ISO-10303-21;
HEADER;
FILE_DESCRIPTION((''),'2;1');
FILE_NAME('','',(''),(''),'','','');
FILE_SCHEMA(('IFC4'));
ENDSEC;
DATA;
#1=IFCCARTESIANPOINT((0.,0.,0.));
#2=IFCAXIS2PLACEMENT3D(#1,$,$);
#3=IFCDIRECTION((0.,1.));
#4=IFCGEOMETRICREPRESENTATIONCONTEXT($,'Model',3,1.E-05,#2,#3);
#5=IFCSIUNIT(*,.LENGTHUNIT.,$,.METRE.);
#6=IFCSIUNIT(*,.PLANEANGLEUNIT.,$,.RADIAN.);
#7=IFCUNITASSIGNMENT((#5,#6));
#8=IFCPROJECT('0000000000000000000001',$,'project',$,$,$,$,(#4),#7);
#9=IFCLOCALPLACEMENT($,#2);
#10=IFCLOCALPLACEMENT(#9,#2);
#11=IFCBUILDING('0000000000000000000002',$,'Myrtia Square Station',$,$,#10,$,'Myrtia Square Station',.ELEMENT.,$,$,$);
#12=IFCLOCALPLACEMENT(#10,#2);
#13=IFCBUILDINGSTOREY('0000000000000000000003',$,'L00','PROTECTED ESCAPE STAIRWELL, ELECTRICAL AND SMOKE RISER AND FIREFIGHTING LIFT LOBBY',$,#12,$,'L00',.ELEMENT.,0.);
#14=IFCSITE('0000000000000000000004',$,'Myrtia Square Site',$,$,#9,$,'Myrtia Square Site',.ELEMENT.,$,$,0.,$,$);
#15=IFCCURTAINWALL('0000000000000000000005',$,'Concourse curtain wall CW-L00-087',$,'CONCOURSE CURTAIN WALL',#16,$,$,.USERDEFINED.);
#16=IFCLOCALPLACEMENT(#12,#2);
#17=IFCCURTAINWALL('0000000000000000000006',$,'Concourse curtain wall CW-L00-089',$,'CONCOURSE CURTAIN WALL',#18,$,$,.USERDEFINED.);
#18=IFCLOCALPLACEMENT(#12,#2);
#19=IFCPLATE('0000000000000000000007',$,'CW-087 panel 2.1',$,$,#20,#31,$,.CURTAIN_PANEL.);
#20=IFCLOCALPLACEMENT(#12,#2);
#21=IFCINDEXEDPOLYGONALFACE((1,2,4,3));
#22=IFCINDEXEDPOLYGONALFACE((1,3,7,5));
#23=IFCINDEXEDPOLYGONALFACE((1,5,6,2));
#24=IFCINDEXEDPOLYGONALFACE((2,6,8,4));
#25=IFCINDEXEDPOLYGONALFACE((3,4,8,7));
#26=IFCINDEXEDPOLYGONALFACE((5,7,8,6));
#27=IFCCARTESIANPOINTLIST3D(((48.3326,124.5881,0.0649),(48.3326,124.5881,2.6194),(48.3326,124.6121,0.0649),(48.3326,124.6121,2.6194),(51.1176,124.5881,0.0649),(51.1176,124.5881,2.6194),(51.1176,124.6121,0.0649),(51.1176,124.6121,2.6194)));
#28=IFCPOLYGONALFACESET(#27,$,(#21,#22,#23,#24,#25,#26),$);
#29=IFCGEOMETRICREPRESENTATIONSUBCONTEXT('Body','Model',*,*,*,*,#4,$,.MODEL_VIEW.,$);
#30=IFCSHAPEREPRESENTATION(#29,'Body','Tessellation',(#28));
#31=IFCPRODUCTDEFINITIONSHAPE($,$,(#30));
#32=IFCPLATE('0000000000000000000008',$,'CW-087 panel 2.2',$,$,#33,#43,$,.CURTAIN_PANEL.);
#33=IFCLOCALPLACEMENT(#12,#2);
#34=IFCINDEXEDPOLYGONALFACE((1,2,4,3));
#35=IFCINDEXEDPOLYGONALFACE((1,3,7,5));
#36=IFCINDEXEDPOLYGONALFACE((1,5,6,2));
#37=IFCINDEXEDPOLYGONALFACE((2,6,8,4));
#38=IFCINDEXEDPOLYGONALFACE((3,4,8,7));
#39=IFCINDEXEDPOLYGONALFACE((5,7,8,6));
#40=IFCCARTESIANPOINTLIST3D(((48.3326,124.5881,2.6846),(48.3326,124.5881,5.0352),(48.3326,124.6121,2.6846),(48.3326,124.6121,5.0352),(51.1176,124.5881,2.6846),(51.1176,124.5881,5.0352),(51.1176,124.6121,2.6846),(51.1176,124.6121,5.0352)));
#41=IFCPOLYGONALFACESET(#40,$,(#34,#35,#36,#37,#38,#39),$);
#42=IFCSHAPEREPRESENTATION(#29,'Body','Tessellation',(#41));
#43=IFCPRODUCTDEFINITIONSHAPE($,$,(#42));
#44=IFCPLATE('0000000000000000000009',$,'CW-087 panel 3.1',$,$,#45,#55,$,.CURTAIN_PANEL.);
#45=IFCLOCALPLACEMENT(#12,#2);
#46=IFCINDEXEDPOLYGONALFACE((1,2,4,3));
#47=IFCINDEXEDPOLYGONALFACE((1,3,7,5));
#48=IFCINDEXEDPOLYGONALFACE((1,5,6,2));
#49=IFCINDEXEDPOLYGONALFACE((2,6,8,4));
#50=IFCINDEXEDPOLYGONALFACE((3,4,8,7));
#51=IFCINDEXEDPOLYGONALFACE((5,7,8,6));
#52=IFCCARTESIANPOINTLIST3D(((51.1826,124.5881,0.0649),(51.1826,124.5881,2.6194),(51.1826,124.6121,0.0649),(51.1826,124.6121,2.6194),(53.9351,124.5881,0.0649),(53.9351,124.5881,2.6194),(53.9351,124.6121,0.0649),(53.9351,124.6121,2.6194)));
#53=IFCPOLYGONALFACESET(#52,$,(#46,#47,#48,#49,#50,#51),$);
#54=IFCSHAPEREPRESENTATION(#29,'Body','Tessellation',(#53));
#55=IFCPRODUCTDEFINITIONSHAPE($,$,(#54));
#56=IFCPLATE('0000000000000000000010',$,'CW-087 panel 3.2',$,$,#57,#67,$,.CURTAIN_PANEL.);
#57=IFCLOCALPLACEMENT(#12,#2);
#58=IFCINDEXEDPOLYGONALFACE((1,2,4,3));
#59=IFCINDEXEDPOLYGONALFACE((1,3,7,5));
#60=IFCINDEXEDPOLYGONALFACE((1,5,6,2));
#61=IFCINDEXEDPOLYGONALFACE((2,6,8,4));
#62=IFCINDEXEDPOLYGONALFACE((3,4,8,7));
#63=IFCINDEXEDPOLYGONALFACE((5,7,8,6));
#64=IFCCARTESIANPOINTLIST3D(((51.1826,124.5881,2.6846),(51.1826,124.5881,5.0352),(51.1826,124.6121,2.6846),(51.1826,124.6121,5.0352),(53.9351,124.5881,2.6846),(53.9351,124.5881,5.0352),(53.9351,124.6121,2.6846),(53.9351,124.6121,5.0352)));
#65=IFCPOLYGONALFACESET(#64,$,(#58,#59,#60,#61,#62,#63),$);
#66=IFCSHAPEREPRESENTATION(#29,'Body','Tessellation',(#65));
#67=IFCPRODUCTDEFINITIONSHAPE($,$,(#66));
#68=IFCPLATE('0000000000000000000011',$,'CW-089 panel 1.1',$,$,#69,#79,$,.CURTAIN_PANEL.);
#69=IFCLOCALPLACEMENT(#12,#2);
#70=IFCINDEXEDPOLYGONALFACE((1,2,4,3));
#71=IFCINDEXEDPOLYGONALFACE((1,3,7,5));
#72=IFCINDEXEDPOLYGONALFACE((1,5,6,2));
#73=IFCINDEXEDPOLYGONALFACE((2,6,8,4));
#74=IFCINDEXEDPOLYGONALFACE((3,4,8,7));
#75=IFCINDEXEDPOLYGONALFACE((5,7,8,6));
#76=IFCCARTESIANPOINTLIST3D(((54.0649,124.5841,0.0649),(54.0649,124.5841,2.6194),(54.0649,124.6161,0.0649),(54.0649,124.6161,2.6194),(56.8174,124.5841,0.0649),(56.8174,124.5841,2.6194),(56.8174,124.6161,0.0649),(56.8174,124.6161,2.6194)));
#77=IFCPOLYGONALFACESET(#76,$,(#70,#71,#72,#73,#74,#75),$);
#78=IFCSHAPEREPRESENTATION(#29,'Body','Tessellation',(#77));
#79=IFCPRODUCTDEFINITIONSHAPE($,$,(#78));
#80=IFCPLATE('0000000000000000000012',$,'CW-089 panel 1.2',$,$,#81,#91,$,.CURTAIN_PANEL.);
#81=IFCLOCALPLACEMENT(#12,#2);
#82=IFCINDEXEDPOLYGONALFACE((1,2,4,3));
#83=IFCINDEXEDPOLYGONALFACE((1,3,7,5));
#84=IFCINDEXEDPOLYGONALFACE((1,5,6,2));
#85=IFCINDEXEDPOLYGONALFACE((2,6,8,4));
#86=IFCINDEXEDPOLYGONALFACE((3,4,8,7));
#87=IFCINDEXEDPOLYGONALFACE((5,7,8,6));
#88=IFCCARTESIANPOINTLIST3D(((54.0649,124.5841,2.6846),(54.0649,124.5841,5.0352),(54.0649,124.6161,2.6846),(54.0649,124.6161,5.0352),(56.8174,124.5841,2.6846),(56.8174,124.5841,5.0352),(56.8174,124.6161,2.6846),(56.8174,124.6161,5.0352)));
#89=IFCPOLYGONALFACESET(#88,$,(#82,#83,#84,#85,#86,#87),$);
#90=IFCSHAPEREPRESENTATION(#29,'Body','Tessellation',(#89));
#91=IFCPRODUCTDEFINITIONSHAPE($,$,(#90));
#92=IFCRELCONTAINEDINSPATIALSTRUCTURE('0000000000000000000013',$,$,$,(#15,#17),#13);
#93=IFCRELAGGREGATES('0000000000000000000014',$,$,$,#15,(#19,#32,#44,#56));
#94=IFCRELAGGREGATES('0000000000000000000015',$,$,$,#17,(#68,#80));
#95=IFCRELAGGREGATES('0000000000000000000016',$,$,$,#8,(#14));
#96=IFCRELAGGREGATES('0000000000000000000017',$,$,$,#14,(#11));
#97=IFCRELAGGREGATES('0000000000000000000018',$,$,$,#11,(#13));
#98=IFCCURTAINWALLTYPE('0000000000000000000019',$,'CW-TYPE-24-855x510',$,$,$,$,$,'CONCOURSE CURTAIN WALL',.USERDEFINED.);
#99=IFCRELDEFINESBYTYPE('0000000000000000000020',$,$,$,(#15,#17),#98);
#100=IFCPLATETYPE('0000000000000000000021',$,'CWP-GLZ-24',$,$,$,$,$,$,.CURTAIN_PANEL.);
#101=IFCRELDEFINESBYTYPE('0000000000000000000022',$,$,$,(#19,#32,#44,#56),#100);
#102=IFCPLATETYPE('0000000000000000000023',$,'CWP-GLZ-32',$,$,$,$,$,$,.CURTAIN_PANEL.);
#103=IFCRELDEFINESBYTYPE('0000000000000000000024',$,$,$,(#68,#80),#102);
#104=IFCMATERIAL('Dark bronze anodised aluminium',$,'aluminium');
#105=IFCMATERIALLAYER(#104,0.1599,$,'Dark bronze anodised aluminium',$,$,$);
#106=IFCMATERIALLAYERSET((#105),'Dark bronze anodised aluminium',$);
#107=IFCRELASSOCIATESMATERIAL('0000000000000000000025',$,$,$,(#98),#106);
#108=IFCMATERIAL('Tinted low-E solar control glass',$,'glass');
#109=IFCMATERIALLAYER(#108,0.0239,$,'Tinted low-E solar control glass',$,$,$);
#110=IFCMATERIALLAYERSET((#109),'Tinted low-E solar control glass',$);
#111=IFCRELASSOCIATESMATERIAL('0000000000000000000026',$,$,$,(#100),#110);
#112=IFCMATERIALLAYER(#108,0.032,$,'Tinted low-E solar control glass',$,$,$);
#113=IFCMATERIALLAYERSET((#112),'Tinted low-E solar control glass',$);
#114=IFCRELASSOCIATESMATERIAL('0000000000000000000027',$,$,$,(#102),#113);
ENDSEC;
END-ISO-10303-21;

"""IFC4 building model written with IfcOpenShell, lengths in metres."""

from ifc_helpers import new_model, si_unit, direction, frame, origin, origin_2d, place, context, subcontext, project, spatial, rectangle, extrude, material, layer, layer_set, type_object, element, aggregate, save


model = new_model("IFC4")

# Units and contexts
model_context = context("Model", 3, precision=1e-05, world=origin(), true_north=direction((0.0, 1.0)))
body_context = subcontext(model_context, "Body", "Model", "MODEL_VIEW")
ifc_project = project(units=[si_unit("LENGTHUNIT", "METRE"), si_unit("PLANEANGLEUNIT", "RADIAN")], contexts=[model_context])

# Site, building, storey
site_placement = place(None, origin())
site = spatial("IfcSite", under=ifc_project, at=site_placement, Name="Myrtia Square Site", LongName="Myrtia Square Site", CompositionType="ELEMENT", RefElevation=0.0)
building_placement = place(site_placement, origin())
building = spatial("IfcBuilding", under=site, at=building_placement, Name="Myrtia Square Station", LongName="Myrtia Square Station", CompositionType="ELEMENT")
storey_placement = place(building_placement, origin())
storey = spatial("IfcBuildingStorey", under=building, at=storey_placement, Name="L00", Description="PROTECTED ESCAPE STAIRWELL, ELECTRICAL AND SMOKE RISER AND FIREFIGHTING LIFT LOBBY", LongName="L00", CompositionType="ELEMENT", Elevation=0.0)

# Curtain walls
ifc_material_1 = material(Name="Dark bronze anodised aluminium", Category="aluminium")
ifc_layer_1 = layer(ifc_material_1, 0.1599, Name="Dark bronze anodised aluminium")
ifc_layer_set_1 = layer_set([ifc_layer_1], Name="Dark bronze anodised aluminium")
curtain_wall_type = type_object("IfcCurtainWallType", Name="CW-TYPE-24-855x510", ElementType="CONCOURSE CURTAIN WALL", PredefinedType="USERDEFINED", material=ifc_layer_set_1)
curtain_wall_1_placement = place(storey_placement, origin())
curtain_wall_1 = element("IfcCurtainWall", 1, at=curtain_wall_1_placement, inside=storey, type_object=curtain_wall_type, Name="Concourse curtain wall CW-L00-087", ObjectType="CONCOURSE CURTAIN WALL", PredefinedType="USERDEFINED")
curtain_wall_2_placement = place(storey_placement, origin())
curtain_wall_2 = element("IfcCurtainWall", 2, at=curtain_wall_2_placement, inside=storey, type_object=curtain_wall_type, Name="Concourse curtain wall CW-L00-089", ObjectType="CONCOURSE CURTAIN WALL", PredefinedType="USERDEFINED")

# Plates
ifc_material_2 = material(Name="Tinted low-E solar control glass", Category="glass")
ifc_layer_2 = layer(ifc_material_2, 0.0239, Name="Tinted low-E solar control glass")
ifc_layer_set_2 = layer_set([ifc_layer_2], Name="Tinted low-E solar control glass")
plate_type_1 = type_object("IfcPlateType", Name="CWP-GLZ-24", PredefinedType="CURTAIN_PANEL", material=ifc_layer_set_2)
plate_1_placement = place(storey_placement, frame((49.7251, 124.6001, 0.0649), z_axis=(0.0, 0.0, 1.0), x_axis=(1.0, 0.0, 0.0)))
plate_1 = element("IfcPlate", 3, at=plate_1_placement, type_object=plate_type_1, Name="CW-087 panel 2.1", PredefinedType="CURTAIN_PANEL", context=body_context, shape_type="SweptSolid", body=[
    extrude(rectangle(XDim=2.7849, YDim=0.0239, at=origin_2d()), origin(), (0.0, 0.0, 1.0), 2.5544),
])
plate_2_placement = place(storey_placement, frame((49.7251, 124.6001, 2.6846), z_axis=(0.0, 0.0, 1.0), x_axis=(1.0, 0.0, 0.0)))
plate_2 = element("IfcPlate", 4, at=plate_2_placement, type_object=plate_type_1, Name="CW-087 panel 2.2", PredefinedType="CURTAIN_PANEL", context=body_context, shape_type="SweptSolid", body=[
    extrude(rectangle(XDim=2.7849, YDim=0.0239, at=origin_2d()), origin(), (0.0, 0.0, 1.0), 2.3506),
])
plate_3_placement = place(storey_placement, frame((52.5588, 124.6001, 0.0649), z_axis=(0.0, 0.0, 1.0), x_axis=(1.0, 0.0, 0.0)))
plate_3 = element("IfcPlate", 5, at=plate_3_placement, type_object=plate_type_1, Name="CW-087 panel 3.1", PredefinedType="CURTAIN_PANEL", context=body_context, shape_type="SweptSolid", body=[
    extrude(rectangle(XDim=2.7524, YDim=0.0239, at=origin_2d()), origin(), (0.0, 0.0, 1.0), 2.5544),
])
plate_4_placement = place(storey_placement, frame((52.5588, 124.6001, 2.6846), z_axis=(0.0, 0.0, 1.0), x_axis=(1.0, 0.0, 0.0)))
plate_4 = element("IfcPlate", 6, at=plate_4_placement, type_object=plate_type_1, Name="CW-087 panel 3.2", PredefinedType="CURTAIN_PANEL", context=body_context, shape_type="SweptSolid", body=[
    extrude(rectangle(XDim=2.7524, YDim=0.0239, at=origin_2d()), origin(), (0.0, 0.0, 1.0), 2.3506),
])
aggregate(curtain_wall_1, [plate_1, plate_2, plate_3, plate_4])
ifc_layer_3 = layer(ifc_material_2, 0.032, Name="Tinted low-E solar control glass")
ifc_layer_set_3 = layer_set([ifc_layer_3], Name="Tinted low-E solar control glass")
plate_type_2 = type_object("IfcPlateType", Name="CWP-GLZ-32", PredefinedType="CURTAIN_PANEL", material=ifc_layer_set_3)
plate_5_placement = place(storey_placement, frame((55.4412, 124.6001, 0.0649), z_axis=(0.0, 0.0, 1.0), x_axis=(1.0, 0.0, 0.0)))
plate_5 = element("IfcPlate", 7, at=plate_5_placement, type_object=plate_type_2, Name="CW-089 panel 1.1", PredefinedType="CURTAIN_PANEL", context=body_context, shape_type="SweptSolid", body=[
    extrude(rectangle(XDim=2.7524, YDim=0.032, at=origin_2d()), origin(), (0.0, 0.0, 1.0), 2.5544),
])
plate_6_placement = place(storey_placement, frame((55.4412, 124.6001, 2.6846), z_axis=(0.0, 0.0, 1.0), x_axis=(1.0, 0.0, 0.0)))
plate_6 = element("IfcPlate", 8, at=plate_6_placement, type_object=plate_type_2, Name="CW-089 panel 1.2", PredefinedType="CURTAIN_PANEL", context=body_context, shape_type="SweptSolid", body=[
    extrude(rectangle(XDim=2.7524, YDim=0.032, at=origin_2d()), origin(), (0.0, 0.0, 1.0), 2.3506),
])
aggregate(curtain_wall_2, [plate_5, plate_6])

save(model, "model.ifc")
